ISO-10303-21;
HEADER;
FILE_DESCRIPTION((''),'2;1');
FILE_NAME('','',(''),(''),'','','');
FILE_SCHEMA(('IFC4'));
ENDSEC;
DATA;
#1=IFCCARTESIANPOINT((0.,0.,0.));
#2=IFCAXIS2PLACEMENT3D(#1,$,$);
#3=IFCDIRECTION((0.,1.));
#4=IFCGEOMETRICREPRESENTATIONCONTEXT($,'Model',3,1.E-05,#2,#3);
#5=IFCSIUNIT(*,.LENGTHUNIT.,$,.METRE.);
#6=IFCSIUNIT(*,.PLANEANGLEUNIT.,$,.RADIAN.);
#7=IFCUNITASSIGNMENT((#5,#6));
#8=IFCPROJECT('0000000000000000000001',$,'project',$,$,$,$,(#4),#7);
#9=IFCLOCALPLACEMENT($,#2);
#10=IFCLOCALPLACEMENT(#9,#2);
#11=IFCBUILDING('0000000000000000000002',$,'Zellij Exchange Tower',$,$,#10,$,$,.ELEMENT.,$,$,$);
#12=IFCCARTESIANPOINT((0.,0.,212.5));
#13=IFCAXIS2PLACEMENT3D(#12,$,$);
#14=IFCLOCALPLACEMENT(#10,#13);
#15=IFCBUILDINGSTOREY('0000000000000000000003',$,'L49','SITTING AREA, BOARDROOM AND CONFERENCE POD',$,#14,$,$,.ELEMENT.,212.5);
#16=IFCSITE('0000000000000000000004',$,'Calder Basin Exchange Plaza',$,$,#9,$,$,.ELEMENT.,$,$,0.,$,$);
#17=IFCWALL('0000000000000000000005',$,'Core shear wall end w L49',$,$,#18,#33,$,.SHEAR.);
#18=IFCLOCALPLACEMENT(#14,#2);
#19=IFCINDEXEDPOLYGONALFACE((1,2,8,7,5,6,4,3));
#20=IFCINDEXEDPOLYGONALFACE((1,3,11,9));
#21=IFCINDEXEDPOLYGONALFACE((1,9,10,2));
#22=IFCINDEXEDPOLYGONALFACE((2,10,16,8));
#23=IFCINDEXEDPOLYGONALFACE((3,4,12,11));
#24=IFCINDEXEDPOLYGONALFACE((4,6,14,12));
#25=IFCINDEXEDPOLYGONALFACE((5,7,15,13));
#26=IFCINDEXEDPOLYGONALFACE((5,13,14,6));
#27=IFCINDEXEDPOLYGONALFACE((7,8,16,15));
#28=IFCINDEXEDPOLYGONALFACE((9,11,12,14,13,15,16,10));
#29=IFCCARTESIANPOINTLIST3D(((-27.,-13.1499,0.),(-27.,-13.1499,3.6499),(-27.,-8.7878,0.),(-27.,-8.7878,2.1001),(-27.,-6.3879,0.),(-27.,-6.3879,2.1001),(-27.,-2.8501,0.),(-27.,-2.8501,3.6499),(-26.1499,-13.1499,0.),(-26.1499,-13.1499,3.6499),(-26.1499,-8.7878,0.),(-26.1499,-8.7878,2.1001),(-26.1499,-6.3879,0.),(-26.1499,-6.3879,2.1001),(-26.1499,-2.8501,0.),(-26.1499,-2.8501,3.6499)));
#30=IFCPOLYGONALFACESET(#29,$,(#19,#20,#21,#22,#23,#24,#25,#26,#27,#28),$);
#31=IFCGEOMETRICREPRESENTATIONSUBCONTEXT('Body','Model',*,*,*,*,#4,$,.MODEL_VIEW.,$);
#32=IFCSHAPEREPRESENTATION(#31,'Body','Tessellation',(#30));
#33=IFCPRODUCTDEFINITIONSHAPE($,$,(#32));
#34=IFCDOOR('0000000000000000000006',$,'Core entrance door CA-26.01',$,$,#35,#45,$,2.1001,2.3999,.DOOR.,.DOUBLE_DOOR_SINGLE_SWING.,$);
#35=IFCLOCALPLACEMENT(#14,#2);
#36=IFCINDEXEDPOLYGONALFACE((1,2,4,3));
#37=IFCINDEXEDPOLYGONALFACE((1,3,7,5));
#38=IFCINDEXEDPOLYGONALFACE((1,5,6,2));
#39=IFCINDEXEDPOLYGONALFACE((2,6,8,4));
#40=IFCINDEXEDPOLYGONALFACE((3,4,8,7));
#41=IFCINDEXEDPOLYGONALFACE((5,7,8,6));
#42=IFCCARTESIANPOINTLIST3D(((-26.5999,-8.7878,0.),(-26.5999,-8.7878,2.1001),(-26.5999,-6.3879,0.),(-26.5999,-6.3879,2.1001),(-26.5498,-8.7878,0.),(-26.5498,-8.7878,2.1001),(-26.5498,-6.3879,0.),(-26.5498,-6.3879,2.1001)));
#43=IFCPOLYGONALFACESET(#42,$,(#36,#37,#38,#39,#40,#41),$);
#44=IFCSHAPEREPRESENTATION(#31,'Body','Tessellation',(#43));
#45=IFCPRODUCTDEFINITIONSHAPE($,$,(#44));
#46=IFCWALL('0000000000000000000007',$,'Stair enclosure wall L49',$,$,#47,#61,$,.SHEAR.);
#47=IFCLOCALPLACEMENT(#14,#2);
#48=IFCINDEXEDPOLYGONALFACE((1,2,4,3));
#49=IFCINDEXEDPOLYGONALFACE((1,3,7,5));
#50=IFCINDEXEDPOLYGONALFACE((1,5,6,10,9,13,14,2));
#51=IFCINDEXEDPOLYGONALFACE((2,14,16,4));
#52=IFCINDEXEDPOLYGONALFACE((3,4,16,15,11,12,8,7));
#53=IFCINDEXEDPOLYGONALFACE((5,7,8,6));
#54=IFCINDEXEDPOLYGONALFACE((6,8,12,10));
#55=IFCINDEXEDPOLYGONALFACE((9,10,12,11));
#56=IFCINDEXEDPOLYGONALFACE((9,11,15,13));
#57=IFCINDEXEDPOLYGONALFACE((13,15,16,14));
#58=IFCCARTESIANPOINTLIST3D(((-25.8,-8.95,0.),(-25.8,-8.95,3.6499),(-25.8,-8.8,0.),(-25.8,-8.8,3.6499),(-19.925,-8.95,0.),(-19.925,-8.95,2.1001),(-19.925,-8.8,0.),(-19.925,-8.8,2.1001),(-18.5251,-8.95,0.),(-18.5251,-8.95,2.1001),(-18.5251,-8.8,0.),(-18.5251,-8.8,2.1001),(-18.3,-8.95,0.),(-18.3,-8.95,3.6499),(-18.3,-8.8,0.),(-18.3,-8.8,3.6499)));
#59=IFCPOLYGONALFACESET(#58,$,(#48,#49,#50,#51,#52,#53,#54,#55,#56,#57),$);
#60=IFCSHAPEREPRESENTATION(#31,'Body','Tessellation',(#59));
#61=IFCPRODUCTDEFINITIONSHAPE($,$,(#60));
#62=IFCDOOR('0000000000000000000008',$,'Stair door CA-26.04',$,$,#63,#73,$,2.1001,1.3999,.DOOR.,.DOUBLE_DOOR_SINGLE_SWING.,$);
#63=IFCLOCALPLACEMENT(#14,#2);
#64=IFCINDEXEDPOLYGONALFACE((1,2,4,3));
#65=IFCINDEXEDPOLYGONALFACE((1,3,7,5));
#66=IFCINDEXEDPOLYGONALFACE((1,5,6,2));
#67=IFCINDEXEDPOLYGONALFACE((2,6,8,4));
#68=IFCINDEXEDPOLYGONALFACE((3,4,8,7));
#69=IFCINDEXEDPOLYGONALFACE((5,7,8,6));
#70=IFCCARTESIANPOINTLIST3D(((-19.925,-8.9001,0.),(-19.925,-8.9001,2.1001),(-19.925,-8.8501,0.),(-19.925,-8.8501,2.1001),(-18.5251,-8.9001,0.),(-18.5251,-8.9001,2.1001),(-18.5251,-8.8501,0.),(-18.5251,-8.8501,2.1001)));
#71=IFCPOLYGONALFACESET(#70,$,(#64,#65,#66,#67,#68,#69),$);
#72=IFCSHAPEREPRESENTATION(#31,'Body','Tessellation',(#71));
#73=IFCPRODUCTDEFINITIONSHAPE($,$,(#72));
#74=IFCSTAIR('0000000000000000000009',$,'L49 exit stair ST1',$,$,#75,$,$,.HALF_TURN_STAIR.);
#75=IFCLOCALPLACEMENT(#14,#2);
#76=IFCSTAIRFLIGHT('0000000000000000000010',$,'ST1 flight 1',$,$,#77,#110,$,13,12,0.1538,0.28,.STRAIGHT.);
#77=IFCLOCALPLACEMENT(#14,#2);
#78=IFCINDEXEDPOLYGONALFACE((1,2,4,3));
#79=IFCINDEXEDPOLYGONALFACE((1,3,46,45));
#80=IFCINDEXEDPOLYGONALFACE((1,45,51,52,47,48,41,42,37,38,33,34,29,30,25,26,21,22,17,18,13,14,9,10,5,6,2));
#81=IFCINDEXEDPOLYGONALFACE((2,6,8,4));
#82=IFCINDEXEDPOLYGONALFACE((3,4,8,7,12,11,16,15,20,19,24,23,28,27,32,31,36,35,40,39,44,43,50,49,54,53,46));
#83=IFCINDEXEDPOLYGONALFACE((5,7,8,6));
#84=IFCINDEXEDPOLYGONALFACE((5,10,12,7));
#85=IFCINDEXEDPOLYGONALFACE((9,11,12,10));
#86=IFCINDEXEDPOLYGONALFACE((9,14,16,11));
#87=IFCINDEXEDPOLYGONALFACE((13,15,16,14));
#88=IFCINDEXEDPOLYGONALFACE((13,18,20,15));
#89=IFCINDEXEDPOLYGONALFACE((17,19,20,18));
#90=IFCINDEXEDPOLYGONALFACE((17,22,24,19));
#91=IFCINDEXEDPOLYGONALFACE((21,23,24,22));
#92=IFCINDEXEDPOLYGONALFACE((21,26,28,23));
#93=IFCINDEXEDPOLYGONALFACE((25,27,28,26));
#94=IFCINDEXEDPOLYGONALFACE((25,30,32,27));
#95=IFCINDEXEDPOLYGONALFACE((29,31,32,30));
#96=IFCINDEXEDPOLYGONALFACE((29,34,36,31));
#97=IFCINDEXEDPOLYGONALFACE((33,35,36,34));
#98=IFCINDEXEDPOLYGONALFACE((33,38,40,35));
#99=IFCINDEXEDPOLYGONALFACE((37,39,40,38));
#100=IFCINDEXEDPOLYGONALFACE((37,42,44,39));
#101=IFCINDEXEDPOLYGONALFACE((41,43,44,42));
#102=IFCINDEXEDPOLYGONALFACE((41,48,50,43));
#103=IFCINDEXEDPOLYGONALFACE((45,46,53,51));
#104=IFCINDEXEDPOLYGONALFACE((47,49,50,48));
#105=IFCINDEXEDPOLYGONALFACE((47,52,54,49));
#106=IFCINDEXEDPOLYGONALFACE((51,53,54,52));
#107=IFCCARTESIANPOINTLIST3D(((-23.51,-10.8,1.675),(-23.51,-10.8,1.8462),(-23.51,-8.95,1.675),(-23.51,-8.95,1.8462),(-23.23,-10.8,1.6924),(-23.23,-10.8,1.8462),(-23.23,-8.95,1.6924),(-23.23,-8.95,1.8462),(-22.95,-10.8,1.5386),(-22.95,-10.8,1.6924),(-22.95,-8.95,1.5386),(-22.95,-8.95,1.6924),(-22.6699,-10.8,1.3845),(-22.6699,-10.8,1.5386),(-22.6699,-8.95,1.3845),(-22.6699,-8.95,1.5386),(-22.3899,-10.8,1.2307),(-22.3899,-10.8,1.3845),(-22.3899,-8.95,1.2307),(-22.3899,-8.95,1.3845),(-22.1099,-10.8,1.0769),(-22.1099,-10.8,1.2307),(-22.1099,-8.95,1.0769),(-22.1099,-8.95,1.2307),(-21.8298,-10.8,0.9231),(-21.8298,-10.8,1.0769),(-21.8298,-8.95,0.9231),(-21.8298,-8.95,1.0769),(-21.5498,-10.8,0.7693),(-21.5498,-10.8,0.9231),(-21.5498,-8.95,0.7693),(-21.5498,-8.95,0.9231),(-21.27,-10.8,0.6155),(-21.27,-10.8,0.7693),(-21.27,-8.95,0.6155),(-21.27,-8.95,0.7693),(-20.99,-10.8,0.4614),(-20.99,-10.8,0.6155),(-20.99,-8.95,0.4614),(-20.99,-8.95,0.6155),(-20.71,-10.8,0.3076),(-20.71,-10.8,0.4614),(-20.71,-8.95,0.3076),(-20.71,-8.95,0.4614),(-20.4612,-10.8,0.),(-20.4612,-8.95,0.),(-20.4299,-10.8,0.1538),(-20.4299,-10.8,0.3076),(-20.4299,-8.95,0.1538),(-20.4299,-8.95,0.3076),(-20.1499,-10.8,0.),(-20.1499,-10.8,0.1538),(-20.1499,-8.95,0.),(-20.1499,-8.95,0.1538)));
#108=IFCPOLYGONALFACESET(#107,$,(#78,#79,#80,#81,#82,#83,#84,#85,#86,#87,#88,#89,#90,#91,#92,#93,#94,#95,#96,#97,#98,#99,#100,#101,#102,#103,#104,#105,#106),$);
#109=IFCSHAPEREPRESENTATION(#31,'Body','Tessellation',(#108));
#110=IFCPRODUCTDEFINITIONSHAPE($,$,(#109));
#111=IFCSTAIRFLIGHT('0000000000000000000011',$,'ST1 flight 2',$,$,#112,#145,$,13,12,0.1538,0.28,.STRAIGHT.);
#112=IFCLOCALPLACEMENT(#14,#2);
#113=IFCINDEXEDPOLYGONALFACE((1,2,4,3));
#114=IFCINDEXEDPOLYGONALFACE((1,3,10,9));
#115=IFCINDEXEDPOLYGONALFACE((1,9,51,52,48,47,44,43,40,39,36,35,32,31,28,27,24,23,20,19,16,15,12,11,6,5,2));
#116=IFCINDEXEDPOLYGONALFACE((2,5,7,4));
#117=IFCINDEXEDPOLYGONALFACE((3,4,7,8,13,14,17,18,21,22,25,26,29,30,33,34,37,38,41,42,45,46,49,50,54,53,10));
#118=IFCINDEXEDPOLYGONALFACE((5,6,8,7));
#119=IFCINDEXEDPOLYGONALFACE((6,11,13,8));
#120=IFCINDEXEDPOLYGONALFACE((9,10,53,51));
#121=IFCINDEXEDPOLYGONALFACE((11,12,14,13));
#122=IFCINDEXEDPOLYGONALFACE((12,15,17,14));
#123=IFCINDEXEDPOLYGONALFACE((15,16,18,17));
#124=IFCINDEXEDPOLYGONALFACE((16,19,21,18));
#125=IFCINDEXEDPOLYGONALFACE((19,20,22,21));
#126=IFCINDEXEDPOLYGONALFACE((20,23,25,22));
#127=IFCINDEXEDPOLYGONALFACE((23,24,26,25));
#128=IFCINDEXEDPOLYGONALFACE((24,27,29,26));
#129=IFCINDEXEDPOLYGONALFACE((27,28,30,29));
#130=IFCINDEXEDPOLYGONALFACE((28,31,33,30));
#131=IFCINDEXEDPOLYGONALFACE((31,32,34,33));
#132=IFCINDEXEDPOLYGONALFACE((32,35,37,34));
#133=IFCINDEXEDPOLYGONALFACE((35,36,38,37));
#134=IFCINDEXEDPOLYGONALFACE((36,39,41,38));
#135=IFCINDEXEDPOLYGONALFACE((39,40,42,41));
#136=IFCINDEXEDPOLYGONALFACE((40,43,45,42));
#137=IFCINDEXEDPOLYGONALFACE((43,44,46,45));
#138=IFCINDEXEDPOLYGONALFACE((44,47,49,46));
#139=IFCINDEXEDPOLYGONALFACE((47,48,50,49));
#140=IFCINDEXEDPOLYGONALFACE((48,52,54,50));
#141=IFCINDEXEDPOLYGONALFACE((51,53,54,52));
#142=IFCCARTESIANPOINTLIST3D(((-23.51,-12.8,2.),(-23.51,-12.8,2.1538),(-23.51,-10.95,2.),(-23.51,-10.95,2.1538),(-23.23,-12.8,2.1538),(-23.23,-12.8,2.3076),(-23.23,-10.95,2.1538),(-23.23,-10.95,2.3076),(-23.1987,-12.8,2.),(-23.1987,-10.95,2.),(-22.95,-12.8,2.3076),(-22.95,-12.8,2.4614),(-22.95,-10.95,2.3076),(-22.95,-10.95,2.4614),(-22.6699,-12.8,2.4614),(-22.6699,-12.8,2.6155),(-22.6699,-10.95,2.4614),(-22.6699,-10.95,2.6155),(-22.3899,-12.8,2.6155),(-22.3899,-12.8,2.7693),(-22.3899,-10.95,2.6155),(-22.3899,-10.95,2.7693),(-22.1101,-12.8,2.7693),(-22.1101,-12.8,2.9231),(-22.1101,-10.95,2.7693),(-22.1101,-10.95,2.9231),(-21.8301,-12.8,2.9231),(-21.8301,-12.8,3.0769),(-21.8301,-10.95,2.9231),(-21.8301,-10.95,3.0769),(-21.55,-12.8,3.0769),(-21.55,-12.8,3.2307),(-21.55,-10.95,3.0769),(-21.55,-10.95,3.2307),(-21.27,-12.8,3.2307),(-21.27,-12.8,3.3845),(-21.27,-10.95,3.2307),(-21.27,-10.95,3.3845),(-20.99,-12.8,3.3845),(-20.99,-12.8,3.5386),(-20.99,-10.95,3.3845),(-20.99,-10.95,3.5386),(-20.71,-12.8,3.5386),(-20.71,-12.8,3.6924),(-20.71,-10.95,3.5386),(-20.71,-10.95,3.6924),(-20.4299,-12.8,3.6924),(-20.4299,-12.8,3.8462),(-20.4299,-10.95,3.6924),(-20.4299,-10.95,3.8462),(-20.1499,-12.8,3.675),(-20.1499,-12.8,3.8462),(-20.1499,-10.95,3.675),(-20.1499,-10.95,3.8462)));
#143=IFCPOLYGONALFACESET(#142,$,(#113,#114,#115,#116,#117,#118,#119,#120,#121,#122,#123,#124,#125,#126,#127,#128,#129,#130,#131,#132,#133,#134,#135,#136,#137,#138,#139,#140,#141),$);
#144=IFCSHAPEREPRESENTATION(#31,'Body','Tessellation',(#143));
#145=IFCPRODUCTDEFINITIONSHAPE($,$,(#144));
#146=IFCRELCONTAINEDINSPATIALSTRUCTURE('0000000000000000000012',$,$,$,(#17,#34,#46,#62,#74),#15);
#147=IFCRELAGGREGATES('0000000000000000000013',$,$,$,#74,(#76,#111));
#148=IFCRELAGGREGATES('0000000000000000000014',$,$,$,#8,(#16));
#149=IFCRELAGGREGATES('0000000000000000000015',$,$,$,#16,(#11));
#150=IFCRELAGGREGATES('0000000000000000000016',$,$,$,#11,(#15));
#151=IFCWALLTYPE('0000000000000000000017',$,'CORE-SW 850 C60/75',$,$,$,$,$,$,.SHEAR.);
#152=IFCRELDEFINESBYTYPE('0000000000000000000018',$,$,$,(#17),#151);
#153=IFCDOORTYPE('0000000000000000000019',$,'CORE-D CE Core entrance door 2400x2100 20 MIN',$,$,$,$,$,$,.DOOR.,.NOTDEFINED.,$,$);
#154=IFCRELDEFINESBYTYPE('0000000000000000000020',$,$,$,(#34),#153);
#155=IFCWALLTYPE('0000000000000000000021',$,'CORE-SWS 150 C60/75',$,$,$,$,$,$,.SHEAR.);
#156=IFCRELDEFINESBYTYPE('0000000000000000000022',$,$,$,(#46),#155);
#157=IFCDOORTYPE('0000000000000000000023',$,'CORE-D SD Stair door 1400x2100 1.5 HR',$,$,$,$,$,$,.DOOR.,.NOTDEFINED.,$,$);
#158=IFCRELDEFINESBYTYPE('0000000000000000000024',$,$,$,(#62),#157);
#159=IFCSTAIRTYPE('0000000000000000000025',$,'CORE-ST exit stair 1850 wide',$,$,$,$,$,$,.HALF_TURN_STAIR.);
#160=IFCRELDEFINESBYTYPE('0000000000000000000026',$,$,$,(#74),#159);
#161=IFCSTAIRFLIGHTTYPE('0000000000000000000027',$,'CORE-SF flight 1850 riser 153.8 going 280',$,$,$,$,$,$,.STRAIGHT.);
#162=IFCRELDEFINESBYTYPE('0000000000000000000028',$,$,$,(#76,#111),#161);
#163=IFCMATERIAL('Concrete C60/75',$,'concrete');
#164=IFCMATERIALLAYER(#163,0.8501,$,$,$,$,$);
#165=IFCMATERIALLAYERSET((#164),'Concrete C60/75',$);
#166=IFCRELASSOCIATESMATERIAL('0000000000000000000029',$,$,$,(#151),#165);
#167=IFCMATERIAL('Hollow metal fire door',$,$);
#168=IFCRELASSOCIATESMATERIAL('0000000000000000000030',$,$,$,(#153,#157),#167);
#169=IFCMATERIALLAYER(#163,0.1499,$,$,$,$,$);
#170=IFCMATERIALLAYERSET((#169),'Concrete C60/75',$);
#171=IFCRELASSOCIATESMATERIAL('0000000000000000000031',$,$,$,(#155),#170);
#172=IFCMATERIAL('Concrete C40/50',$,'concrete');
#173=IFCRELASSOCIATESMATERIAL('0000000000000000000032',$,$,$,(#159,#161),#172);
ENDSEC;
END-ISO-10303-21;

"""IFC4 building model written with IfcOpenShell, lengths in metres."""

from ifc_helpers import new_model, si_unit, direction, frame, frame_2d, origin, place, context, subcontext, project, spatial, polyline, rectangle, outline, extrude, material, layer, layer_set, type_object, element, fill, aggregate, save


model = new_model("IFC4")

# Units and contexts
model_context = context("Model", 3, precision=1e-05, world=origin(), true_north=direction((0.0, 1.0)))
body_context = subcontext(model_context, "Body", "Model", "MODEL_VIEW")
ifc_project = project(units=[si_unit("LENGTHUNIT", "METRE"), si_unit("PLANEANGLEUNIT", "RADIAN")], contexts=[model_context])

# Site, building, storey
site_placement = place(None, origin())
site = spatial("IfcSite", under=ifc_project, at=site_placement, Name="Calder Basin Exchange Plaza", CompositionType="ELEMENT", RefElevation=0.0)
building_placement = place(site_placement, origin())
building = spatial("IfcBuilding", under=site, at=building_placement, Name="Zellij Exchange Tower", CompositionType="ELEMENT")
storey_placement = place(building_placement, frame((0.0, 0.0, 212.5)))
storey = spatial("IfcBuildingStorey", under=building, at=storey_placement, Name="L49", Description="SITTING AREA, BOARDROOM AND CONFERENCE POD", CompositionType="ELEMENT", Elevation=212.5)

# Shared definitions
ifc_material_1 = material(Name="Concrete C60/75", Category="concrete")

# Shared definitions
ifc_material_2 = material(Name="Hollow metal fire door")

# Shared definitions
ifc_layer_1 = layer(ifc_material_1, 0.8501)
ifc_layer_set_1 = layer_set([ifc_layer_1], Name="Concrete C60/75")
wall_type_1 = type_object("IfcWallType", Name="CORE-SW 850 C60/75", PredefinedType="SHEAR", material=ifc_layer_set_1)

# Walls, openings, doors
wall_1_placement = place(storey_placement, frame((-26.575, -13.1499, 0.0), z_axis=(0.0, 0.0, 1.0), x_axis=(0.0, 1.0, 0.0)))
wall_1 = element("IfcWall", 1, at=wall_1_placement, inside=storey, type_object=wall_type_1, Name="Core shear wall end w L49", PredefinedType="SHEAR", context=body_context, shape_type="SweptSolid", body=[
    extrude(rectangle(XDim=10.2998, YDim=0.8501, at=frame_2d((5.1499, 0.0))), origin(), (0.0, 0.0, 1.0), 3.6499),
])
opening_1_placement = place(wall_1_placement, frame((4.3621, 0.0, 0.0)))
opening_1 = element("IfcOpeningElement", 2, at=opening_1_placement, cuts=wall_1, PredefinedType="OPENING", context=body_context, shape_type="SweptSolid", body=[
    extrude(rectangle(XDim=2.3999, YDim=2.1001, at=frame_2d((1.2, 1.05))), frame((0.0, 0.437, 0.0), z_axis=(0.0, -1.0, 0.0), x_axis=(1.0, 0.0, 0.0)), (0.0, 0.0, 1.0), 0.874),
])
door_type_1 = type_object("IfcDoorType", Name="CORE-D CE Core entrance door 2400x2100 20 MIN", OperationType="NOTDEFINED", PredefinedType="DOOR", material=ifc_material_2)
door_1_placement = place(opening_1_placement, origin())
door_1 = element("IfcDoor", 3, at=door_1_placement, inside=storey, type_object=door_type_1, Name="Core entrance door CA-26.01", OperationType="DOUBLE_DOOR_SINGLE_SWING", OverallHeight=2.1001, OverallWidth=2.3999, PredefinedType="DOOR", context=body_context, shape_type="SweptSolid", body=[
    extrude(rectangle(XDim=2.3999, YDim=2.1001, at=frame_2d((1.2, 1.05))), frame((0.0, 0.0249, 0.0), z_axis=(0.0, -1.0, 0.0), x_axis=(1.0, 0.0, 0.0)), (0.0, 0.0, 1.0), 0.05),
])
fill(opening_1, door_1)
ifc_layer_2 = layer(ifc_material_1, 0.1499)
ifc_layer_set_2 = layer_set([ifc_layer_2], Name="Concrete C60/75")
wall_type_2 = type_object("IfcWallType", Name="CORE-SWS 150 C60/75", PredefinedType="SHEAR", material=ifc_layer_set_2)
wall_2_placement = place(storey_placement, frame((-25.8, -8.875, 0.0), z_axis=(0.0, 0.0, 1.0), x_axis=(1.0, 0.0, 0.0)))
wall_2 = element("IfcWall", 4, at=wall_2_placement, inside=storey, type_object=wall_type_2, Name="Stair enclosure wall L49", PredefinedType="SHEAR", context=body_context, shape_type="SweptSolid", body=[
    extrude(rectangle(XDim=7.5, YDim=0.1499, at=frame_2d((3.75, 0.0))), origin(), (0.0, 0.0, 1.0), 3.6499),
])
opening_2_placement = place(wall_2_placement, frame((5.875, 0.0, 0.0)))
opening_2 = element("IfcOpeningElement", 5, at=opening_2_placement, cuts=wall_2, PredefinedType="OPENING", context=body_context, shape_type="SweptSolid", body=[
    extrude(rectangle(XDim=1.3999, YDim=2.1001, at=frame_2d((0.7, 1.05))), frame((0.0, 0.0869, 0.0), z_axis=(0.0, -1.0, 0.0), x_axis=(1.0, 0.0, 0.0)), (0.0, 0.0, 1.0), 0.1738),
])
door_type_2 = type_object("IfcDoorType", Name="CORE-D SD Stair door 1400x2100 1.5 HR", OperationType="NOTDEFINED", PredefinedType="DOOR", material=ifc_material_2)
door_2_placement = place(opening_2_placement, origin())
door_2 = element("IfcDoor", 6, at=door_2_placement, inside=storey, type_object=door_type_2, Name="Stair door CA-26.04", OperationType="DOUBLE_DOOR_SINGLE_SWING", OverallHeight=2.1001, OverallWidth=1.3999, PredefinedType="DOOR", context=body_context, shape_type="SweptSolid", body=[
    extrude(rectangle(XDim=1.3999, YDim=2.1001, at=frame_2d((0.7, 1.05))), frame((0.0, 0.0249, 0.0), z_axis=(0.0, -1.0, 0.0), x_axis=(1.0, 0.0, 0.0)), (0.0, 0.0, 1.0), 0.05),
])
fill(opening_2, door_2)

# Stair, stair flights
ifc_material_3 = material(Name="Concrete C40/50", Category="concrete")
stair_type = type_object("IfcStairType", Name="CORE-ST exit stair 1850 wide", PredefinedType="HALF_TURN_STAIR", material=ifc_material_3)
stair_placement = place(storey_placement, origin())
stair = element("IfcStair", 7, at=stair_placement, inside=storey, type_object=stair_type, Name="L49 exit stair ST1", PredefinedType="HALF_TURN_STAIR")
stair_flight_type = type_object("IfcStairFlightType", Name="CORE-SF flight 1850 riser 153.8 going 280", PredefinedType="STRAIGHT", material=ifc_material_3)
stair_flight_1_placement = place(storey_placement, frame((-20.1499, -9.875, 0.0), z_axis=(0.0, 0.0, 1.0), x_axis=(-1.0, 0.0, 0.0)))
stair_flight_1 = element("IfcStairFlight", 8, at=stair_flight_1_placement, type_object=stair_flight_type, Name="ST1 flight 1", NumberOfRisers=13, NumberOfTreads=12, PredefinedType="STRAIGHT", RiserHeight=0.1538, TreadLength=0.28, context=body_context, shape_type="SweptSolid", body=[
    extrude(outline(polyline([(0.0, 0.0), (0.0, 0.1538), (0.28, 0.1538), (0.28, 0.3076), (0.5601, 0.3076), (0.5601, 0.4614), (0.8401, 0.4614), (0.8401, 0.6155), (1.1201, 0.6155), (1.1201, 0.7693), (1.3999, 0.7693), (1.3999, 0.9231), (1.6799, 0.9231), (1.6799, 1.0769), (1.96, 1.0769), (1.96, 1.2307), (2.24, 1.2307), (2.24, 1.3845), (2.52, 1.3845), (2.52, 1.5386), (2.8, 1.5386), (2.8, 1.6924), (3.0801, 1.6924), (3.0801, 1.8462), (3.3601, 1.8462), (3.3601, 2.0), (3.3601, 1.675), (0.3113, 0.0), (0.0, 0.0)])), frame((0.0, 0.925, 0.0), z_axis=(0.0, -1.0, 0.0), x_axis=(1.0, 0.0, 0.0)), (0.0, 0.0, 1.0), 1.8501),
])
stair_flight_2_placement = place(storey_placement, frame((-23.51, -11.875, 2.0), z_axis=(0.0, 0.0, 1.0), x_axis=(1.0, 0.0, 0.0)))
stair_flight_2 = element("IfcStairFlight", 9, at=stair_flight_2_placement, type_object=stair_flight_type, Name="ST1 flight 2", NumberOfRisers=13, NumberOfTreads=12, PredefinedType="STRAIGHT", RiserHeight=0.1538, TreadLength=0.28, context=body_context, shape_type="SweptSolid", body=[
    extrude(outline(polyline([(0.0, 0.0), (0.0, 0.1538), (0.28, 0.1538), (0.28, 0.3076), (0.5601, 0.3076), (0.5601, 0.4614), (0.8401, 0.4614), (0.8401, 0.6155), (1.1201, 0.6155), (1.1201, 0.7693), (1.3999, 0.7693), (1.3999, 0.9231), (1.6799, 0.9231), (1.6799, 1.0769), (1.96, 1.0769), (1.96, 1.2307), (2.24, 1.2307), (2.24, 1.3845), (2.52, 1.3845), (2.52, 1.5386), (2.8, 1.5386), (2.8, 1.6924), (3.0801, 1.6924), (3.0801, 1.8462), (3.3601, 1.8462), (3.3601, 2.0), (3.3601, 1.675), (0.3113, 0.0), (0.0, 0.0)])), frame((0.0, 0.925, 0.0), z_axis=(0.0, -1.0, 0.0), x_axis=(1.0, 0.0, 0.0)), (0.0, 0.0, 1.0), 1.8501),
])
aggregate(stair, [stair_flight_1, stair_flight_2])

save(model, "model.ifc")
